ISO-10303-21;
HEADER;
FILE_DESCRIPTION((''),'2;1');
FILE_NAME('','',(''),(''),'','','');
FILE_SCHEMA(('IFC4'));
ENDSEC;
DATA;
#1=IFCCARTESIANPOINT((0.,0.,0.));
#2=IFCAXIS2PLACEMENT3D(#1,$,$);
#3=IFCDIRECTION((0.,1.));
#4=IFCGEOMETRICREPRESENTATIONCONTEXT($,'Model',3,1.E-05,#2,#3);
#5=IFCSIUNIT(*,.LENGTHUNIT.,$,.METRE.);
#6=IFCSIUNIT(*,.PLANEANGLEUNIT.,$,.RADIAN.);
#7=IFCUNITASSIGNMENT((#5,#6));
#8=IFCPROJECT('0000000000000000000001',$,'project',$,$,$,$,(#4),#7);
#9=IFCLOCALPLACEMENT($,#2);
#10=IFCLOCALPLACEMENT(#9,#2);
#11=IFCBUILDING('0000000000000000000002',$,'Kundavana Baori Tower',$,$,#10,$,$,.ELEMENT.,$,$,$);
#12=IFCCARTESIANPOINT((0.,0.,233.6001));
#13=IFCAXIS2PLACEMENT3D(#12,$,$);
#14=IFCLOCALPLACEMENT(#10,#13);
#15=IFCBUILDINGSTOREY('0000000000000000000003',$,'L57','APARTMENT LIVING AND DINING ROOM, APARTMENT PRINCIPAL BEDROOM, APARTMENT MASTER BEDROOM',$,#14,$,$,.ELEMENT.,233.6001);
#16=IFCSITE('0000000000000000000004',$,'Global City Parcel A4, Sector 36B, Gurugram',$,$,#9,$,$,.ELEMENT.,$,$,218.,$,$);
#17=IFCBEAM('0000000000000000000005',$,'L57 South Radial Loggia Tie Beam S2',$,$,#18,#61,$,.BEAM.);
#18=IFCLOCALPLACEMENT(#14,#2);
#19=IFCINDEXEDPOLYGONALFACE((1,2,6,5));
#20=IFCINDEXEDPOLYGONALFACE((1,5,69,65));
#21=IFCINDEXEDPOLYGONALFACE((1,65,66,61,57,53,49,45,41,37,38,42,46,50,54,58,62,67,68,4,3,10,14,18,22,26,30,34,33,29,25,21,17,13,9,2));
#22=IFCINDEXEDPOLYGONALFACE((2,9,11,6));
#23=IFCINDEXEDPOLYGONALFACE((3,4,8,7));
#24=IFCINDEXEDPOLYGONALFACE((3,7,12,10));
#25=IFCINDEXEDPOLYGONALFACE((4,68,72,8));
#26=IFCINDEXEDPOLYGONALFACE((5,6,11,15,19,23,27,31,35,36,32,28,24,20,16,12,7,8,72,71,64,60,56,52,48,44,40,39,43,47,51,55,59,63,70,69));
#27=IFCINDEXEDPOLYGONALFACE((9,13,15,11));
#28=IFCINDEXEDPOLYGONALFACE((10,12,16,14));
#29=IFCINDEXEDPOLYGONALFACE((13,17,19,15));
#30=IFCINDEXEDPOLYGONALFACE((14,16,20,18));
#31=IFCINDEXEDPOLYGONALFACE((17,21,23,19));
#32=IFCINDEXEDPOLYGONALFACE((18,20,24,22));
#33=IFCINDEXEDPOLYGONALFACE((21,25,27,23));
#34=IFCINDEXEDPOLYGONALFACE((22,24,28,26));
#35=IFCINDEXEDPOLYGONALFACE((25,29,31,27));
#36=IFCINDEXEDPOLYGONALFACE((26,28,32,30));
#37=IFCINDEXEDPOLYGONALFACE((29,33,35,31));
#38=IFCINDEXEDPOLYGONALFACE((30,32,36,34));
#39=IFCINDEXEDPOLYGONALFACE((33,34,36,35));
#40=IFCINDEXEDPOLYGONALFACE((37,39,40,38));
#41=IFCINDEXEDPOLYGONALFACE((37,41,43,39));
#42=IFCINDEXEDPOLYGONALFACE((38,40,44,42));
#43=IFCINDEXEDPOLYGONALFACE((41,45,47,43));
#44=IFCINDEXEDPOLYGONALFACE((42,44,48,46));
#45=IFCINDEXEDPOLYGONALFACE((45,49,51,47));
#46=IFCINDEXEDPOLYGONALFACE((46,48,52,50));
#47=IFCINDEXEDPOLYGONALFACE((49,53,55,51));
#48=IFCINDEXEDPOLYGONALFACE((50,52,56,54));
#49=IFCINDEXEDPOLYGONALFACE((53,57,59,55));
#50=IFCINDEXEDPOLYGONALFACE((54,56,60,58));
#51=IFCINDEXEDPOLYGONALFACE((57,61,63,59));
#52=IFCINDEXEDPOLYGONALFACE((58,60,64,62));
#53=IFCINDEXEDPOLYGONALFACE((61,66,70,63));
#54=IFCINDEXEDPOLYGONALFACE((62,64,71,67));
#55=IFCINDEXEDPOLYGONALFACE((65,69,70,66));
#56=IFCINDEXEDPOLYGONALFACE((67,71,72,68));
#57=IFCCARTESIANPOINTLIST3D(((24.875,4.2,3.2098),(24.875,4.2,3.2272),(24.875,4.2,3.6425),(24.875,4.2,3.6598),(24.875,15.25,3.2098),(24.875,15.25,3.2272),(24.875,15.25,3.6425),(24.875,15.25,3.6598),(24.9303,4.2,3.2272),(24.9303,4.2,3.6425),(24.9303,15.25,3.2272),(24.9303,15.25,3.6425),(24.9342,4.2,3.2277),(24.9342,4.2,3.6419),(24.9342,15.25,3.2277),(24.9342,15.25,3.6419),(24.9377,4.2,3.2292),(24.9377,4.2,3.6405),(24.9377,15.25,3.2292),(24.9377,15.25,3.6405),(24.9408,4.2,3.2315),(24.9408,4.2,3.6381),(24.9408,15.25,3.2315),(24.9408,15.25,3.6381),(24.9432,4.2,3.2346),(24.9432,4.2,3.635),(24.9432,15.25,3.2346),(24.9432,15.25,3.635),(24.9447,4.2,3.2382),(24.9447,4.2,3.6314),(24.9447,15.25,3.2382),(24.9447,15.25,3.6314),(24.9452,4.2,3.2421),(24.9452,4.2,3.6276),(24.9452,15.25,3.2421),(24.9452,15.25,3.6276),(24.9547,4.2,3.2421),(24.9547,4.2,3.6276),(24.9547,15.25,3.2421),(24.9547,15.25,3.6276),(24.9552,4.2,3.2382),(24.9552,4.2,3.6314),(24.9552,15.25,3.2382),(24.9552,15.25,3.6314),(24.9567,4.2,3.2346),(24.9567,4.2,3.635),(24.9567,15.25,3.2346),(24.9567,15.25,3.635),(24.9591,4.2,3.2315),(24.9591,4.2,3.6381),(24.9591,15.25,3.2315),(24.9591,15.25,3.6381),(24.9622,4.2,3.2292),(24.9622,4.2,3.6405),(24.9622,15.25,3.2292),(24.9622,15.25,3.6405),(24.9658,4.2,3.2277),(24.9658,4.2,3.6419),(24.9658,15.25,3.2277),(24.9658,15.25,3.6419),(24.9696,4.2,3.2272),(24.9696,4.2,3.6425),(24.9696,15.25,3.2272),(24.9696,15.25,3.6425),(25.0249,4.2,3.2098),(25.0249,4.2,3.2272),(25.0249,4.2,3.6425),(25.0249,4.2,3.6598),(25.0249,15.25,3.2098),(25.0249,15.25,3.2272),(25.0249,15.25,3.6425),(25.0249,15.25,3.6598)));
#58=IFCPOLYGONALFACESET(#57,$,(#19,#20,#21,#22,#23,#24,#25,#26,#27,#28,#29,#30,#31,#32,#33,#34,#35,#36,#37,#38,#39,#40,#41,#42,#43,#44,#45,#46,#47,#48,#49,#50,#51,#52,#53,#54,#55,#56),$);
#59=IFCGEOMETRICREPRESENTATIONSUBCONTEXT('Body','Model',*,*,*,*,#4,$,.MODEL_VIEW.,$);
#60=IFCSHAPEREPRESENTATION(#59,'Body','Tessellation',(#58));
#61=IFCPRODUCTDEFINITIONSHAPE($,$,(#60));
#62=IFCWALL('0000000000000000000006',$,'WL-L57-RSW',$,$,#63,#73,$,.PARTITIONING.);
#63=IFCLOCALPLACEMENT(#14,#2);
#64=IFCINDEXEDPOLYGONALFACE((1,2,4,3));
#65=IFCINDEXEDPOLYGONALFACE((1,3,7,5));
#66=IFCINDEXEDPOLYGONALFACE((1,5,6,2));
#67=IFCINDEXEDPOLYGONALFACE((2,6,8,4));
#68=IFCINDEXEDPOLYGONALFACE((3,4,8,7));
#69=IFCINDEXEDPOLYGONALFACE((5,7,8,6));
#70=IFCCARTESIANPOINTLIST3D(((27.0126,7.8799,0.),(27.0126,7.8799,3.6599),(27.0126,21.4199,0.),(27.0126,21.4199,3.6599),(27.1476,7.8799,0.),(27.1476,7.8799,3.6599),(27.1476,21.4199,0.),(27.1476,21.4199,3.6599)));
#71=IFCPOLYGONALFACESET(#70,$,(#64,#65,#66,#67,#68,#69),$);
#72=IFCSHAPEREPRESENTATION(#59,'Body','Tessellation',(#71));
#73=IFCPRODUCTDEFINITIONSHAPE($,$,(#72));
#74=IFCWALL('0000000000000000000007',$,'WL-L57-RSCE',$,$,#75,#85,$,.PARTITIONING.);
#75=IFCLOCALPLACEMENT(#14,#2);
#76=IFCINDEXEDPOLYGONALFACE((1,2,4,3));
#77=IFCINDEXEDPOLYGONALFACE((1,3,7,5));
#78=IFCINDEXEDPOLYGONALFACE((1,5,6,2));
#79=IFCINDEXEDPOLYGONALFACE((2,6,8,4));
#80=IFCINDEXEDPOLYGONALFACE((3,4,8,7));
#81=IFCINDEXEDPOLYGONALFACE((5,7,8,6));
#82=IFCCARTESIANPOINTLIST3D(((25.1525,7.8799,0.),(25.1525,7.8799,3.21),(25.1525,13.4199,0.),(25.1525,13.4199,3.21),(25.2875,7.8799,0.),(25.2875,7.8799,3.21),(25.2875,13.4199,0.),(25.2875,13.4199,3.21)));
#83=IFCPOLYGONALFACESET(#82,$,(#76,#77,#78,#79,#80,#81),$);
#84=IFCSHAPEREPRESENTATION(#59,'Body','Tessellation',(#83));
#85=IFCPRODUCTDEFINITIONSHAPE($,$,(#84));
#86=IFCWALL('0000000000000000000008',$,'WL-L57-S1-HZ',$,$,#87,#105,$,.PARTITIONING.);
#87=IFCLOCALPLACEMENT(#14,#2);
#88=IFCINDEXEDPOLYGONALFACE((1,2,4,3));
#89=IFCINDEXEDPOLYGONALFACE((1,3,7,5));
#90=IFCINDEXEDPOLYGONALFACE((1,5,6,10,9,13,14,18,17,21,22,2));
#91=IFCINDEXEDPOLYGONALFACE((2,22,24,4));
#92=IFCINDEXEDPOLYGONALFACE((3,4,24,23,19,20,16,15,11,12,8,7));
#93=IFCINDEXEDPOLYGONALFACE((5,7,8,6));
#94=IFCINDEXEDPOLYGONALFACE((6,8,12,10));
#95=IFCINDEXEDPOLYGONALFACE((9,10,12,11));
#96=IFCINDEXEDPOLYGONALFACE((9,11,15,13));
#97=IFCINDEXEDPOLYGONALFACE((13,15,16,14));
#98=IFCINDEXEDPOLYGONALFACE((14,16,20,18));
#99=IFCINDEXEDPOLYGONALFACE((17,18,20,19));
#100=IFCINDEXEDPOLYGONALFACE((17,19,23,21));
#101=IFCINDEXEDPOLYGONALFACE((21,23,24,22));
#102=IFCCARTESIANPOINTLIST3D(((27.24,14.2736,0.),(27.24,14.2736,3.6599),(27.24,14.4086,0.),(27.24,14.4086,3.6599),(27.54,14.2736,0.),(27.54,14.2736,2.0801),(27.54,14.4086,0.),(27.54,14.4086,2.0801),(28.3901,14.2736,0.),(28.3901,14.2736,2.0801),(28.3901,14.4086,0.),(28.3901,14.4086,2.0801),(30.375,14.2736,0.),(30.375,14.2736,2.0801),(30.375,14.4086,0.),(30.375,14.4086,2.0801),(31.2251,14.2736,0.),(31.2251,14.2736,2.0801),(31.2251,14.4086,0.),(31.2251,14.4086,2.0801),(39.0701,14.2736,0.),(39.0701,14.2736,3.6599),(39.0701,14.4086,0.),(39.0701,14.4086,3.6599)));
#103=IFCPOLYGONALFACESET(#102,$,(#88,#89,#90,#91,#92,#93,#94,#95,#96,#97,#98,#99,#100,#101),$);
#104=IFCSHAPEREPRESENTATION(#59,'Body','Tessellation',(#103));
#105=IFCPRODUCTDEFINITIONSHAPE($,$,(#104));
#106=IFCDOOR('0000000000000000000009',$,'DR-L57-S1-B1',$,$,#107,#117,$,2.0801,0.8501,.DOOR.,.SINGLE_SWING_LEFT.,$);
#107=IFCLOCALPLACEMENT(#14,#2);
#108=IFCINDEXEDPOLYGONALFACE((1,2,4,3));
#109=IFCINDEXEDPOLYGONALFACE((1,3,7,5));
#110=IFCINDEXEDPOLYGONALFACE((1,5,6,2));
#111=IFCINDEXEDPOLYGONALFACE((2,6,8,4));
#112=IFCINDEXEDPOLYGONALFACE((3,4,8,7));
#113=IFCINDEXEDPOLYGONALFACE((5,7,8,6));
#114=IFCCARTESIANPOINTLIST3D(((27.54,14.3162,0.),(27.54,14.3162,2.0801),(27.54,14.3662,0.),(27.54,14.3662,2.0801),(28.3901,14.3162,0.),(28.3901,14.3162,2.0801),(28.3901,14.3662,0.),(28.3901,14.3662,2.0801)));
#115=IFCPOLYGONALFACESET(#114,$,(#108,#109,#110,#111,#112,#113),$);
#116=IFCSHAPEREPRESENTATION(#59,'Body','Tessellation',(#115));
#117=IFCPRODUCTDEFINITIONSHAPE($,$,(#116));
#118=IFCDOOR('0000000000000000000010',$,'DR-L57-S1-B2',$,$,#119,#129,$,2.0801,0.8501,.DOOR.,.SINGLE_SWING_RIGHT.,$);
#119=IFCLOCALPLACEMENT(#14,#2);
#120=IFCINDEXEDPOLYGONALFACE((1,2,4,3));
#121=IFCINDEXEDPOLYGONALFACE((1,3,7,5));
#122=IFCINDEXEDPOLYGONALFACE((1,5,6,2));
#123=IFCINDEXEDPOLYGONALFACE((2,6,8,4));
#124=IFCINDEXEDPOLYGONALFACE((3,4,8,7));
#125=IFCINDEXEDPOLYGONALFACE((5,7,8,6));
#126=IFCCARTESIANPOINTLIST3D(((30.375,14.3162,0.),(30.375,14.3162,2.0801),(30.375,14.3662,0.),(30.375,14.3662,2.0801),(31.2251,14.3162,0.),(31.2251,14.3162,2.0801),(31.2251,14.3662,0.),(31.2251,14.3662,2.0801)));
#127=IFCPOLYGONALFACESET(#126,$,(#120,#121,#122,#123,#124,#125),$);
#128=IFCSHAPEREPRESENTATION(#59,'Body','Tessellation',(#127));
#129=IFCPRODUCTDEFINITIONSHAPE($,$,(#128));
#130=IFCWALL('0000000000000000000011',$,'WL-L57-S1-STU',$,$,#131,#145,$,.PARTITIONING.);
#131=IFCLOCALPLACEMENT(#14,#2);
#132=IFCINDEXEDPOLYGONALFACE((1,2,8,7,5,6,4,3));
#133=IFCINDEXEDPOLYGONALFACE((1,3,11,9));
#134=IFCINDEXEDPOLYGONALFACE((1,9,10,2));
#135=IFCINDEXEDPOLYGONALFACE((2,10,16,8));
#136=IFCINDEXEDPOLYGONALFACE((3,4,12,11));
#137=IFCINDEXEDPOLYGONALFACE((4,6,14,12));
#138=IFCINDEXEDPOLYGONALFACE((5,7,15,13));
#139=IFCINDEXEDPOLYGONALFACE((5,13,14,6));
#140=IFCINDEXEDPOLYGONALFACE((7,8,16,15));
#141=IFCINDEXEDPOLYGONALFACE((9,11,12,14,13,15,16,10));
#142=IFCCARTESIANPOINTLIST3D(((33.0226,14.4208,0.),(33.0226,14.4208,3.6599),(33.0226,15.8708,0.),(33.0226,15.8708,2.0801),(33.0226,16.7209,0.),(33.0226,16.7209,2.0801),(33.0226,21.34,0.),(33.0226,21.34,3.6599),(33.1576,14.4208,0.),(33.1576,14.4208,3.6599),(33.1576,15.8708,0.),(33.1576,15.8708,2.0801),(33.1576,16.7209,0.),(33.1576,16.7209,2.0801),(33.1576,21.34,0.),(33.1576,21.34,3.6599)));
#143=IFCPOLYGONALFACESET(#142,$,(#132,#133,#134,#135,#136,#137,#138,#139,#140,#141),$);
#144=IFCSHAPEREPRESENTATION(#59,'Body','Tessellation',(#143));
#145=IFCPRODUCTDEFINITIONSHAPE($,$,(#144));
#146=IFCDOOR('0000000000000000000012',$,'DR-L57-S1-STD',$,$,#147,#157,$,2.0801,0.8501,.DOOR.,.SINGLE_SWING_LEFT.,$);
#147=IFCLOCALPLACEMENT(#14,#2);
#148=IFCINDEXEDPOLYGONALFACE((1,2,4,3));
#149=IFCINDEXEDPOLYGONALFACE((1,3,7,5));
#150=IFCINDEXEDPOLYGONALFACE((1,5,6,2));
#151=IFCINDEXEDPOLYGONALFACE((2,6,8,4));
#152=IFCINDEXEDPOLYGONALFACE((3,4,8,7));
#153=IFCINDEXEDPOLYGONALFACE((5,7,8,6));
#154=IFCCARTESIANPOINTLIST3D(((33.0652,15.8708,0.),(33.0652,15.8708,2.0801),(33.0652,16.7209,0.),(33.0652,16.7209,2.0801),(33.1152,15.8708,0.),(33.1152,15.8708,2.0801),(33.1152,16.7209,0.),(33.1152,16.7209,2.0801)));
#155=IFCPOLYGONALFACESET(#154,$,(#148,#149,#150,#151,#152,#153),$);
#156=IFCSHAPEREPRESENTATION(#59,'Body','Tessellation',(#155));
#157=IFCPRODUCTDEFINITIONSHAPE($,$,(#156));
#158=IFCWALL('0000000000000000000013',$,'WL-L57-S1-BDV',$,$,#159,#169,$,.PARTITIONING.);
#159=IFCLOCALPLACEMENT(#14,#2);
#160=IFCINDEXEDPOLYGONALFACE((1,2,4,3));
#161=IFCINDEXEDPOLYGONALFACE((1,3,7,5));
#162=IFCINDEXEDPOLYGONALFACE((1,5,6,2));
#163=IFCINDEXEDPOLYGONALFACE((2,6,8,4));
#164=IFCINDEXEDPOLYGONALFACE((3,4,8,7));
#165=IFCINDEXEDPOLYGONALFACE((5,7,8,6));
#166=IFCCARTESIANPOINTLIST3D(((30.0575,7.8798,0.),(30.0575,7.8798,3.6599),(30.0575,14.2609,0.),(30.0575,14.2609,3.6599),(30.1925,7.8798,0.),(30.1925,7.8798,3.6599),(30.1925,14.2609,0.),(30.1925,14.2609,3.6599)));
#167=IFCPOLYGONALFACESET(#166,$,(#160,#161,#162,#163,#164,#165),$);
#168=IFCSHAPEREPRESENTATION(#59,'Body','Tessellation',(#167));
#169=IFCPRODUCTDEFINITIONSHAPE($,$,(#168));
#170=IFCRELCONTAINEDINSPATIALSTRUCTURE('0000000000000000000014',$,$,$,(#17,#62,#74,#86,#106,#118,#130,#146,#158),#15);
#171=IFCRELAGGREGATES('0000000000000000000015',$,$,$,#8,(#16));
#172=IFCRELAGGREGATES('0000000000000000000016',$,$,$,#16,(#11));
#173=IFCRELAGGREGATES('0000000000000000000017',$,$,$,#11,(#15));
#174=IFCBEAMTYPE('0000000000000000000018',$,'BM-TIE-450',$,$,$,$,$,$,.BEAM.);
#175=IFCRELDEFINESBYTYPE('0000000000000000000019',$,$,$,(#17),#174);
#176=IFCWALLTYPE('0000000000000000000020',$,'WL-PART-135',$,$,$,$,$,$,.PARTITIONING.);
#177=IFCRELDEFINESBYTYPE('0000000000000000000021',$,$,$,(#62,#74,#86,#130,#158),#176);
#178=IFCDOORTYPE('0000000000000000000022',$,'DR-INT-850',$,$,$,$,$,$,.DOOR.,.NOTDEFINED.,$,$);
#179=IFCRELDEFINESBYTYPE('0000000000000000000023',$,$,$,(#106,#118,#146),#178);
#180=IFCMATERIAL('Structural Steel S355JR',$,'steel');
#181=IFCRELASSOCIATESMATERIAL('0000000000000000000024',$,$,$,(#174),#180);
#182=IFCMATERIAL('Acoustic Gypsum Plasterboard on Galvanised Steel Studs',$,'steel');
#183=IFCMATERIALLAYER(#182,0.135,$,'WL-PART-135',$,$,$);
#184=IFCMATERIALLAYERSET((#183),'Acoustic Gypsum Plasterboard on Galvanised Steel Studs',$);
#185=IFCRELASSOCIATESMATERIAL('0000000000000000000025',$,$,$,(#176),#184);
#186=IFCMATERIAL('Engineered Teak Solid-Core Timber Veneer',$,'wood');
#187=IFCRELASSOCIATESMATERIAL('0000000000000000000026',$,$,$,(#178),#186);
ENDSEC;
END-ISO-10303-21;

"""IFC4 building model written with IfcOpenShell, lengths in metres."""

from ifc_helpers import new_model, si_unit, direction, frame, frame_2d, origin, origin_2d, place, context, subcontext, project, spatial, rectangle, i_section, extrude, material, layer, layer_set, material_profile, profile_set, type_object, element, fill, save


model = new_model("IFC4")

# Units and contexts
model_context = context("Model", 3, precision=1e-05, world=origin(), true_north=direction((0.0, 1.0)))
body_context = subcontext(model_context, "Body", "Model", "MODEL_VIEW")
ifc_project = project(units=[si_unit("LENGTHUNIT", "METRE"), si_unit("PLANEANGLEUNIT", "RADIAN")], contexts=[model_context])

# Site, building, storey
site_placement = place(None, origin())
site = spatial("IfcSite", under=ifc_project, at=site_placement, Name="Global City Parcel A4, Sector 36B, Gurugram", CompositionType="ELEMENT", RefElevation=218.0)
building_placement = place(site_placement, origin())
building = spatial("IfcBuilding", under=site, at=building_placement, Name="Kundavana Baori Tower", CompositionType="ELEMENT")
storey_placement = place(building_placement, frame((0.0, 0.0, 233.6001)))
storey = spatial("IfcBuildingStorey", under=building, at=storey_placement, Name="L57", Description="APARTMENT LIVING AND DINING ROOM, APARTMENT PRINCIPAL BEDROOM, APARTMENT MASTER BEDROOM", CompositionType="ELEMENT", Elevation=233.6001)

# Beam
ifc_material_1 = material(Name="Structural Steel S355JR", Category="steel")
ifc_material_profile_1 = material_profile(ifc_material_1, i_section(OverallWidth=0.1499, OverallDepth=0.45, WebThickness=0.0095, FlangeThickness=0.0173, FilletRadius=0.0149, at=origin_2d()), Name="ISMB 450")
ifc_profile_set_1 = profile_set([ifc_material_profile_1], Name="Structural Steel S355JR")
beam_type_1 = type_object("IfcBeamType", Name="BM-TIE-450", PredefinedType="BEAM", material=ifc_profile_set_1)
beam_1_placement = place(storey_placement, frame((24.95, 15.25, 3.4348), z_axis=(0.0, -1.0, 0.0), x_axis=(1.0, 0.0, 0.0)))
element("IfcBeam", 1, at=beam_1_placement, inside=storey, type_object=beam_type_1, Name="L57 South Radial Loggia Tie Beam S2", PredefinedType="BEAM", context=body_context, shape_type="SweptSolid", body=[
    extrude(i_section(OverallWidth=0.1499, OverallDepth=0.45, WebThickness=0.0095, FlangeThickness=0.0173, FilletRadius=0.0149, at=origin_2d()), origin(), (0.0, 0.0, 1.0), 11.05),
])

# Walls
ifc_material_2 = material(Name="Acoustic Gypsum Plasterboard on Galvanised Steel Studs", Category="steel")
ifc_layer = layer(ifc_material_2, 0.135, Name="WL-PART-135")
ifc_layer_set = layer_set([ifc_layer], Name="Acoustic Gypsum Plasterboard on Galvanised Steel Studs")
wall_type = type_object("IfcWallType", Name="WL-PART-135", PredefinedType="PARTITIONING", material=ifc_layer_set)
wall_1_placement = place(storey_placement, frame((27.0801, 7.8799, 0.0), z_axis=(0.0, 0.0, 1.0), x_axis=(0.0, 1.0, 0.0)))
element("IfcWall", 2, at=wall_1_placement, inside=storey, type_object=wall_type, Name="WL-L57-RSW", PredefinedType="PARTITIONING", context=body_context, shape_type="SweptSolid", body=[
    extrude(rectangle(XDim=13.54, YDim=0.135, at=frame_2d((6.77, 0.0))), origin(), (0.0, 0.0, 1.0), 3.6599),
])
wall_2_placement = place(storey_placement, frame((25.22, 7.8799, 0.0), z_axis=(0.0, 0.0, 1.0), x_axis=(0.0, 1.0, 0.0)))
element("IfcWall", 3, at=wall_2_placement, inside=storey, type_object=wall_type, Name="WL-L57-RSCE", PredefinedType="PARTITIONING", context=body_context, shape_type="SweptSolid", body=[
    extrude(rectangle(XDim=5.54, YDim=0.135, at=frame_2d((2.77, 0.0))), origin(), (0.0, 0.0, 1.0), 3.21),
])

# Wall, openings, doors
wall_3_placement = place(storey_placement, frame((27.24, 14.3411, 0.0), z_axis=(0.0, 0.0, 1.0), x_axis=(1.0, 0.0, 0.0)))
wall_3 = element("IfcWall", 4, at=wall_3_placement, inside=storey, type_object=wall_type, Name="WL-L57-S1-HZ", PredefinedType="PARTITIONING", context=body_context, shape_type="SweptSolid", body=[
    extrude(rectangle(XDim=11.8301, YDim=0.135, at=frame_2d((5.915, 0.0))), origin(), (0.0, 0.0, 1.0), 3.6599),
])
opening_1_placement = place(wall_3_placement, frame((0.3, 0.0, 0.0)))
opening_1 = element("IfcOpeningElement", 5, at=opening_1_placement, cuts=wall_3, PredefinedType="OPENING", context=body_context, shape_type="SweptSolid", body=[
    extrude(rectangle(XDim=0.8501, YDim=2.0801, at=frame_2d((0.425, 1.04))), frame((0.0, 0.0776, 0.0), z_axis=(0.0, -1.0, 0.0), x_axis=(1.0, 0.0, 0.0)), (0.0, 0.0, 1.0), 0.155),
])
opening_2_placement = place(wall_3_placement, frame((3.135, 0.0, 0.0)))
opening_2 = element("IfcOpeningElement", 6, at=opening_2_placement, cuts=wall_3, PredefinedType="OPENING", context=body_context, shape_type="SweptSolid", body=[
    extrude(rectangle(XDim=0.8501, YDim=2.0801, at=frame_2d((0.425, 1.04))), frame((0.0, 0.0776, 0.0), z_axis=(0.0, -1.0, 0.0), x_axis=(1.0, 0.0, 0.0)), (0.0, 0.0, 1.0), 0.155),
])
ifc_material_3 = material(Name="Engineered Teak Solid-Core Timber Veneer", Category="wood")
door_type = type_object("IfcDoorType", Name="DR-INT-850", OperationType="NOTDEFINED", PredefinedType="DOOR", material=ifc_material_3)
door_1_placement = place(opening_1_placement, frame((0.8501, 0.0, 0.0), z_axis=(0.0, 0.0, 1.0), x_axis=(-1.0, 0.0, 0.0)))
door_1 = element("IfcDoor", 7, at=door_1_placement, inside=storey, type_object=door_type, Name="DR-L57-S1-B1", OperationType="SINGLE_SWING_LEFT", OverallHeight=2.0801, OverallWidth=0.8501, PredefinedType="DOOR", context=body_context, shape_type="SweptSolid", body=[
    extrude(rectangle(XDim=0.8501, YDim=2.0801, at=frame_2d((0.425, 1.04))), frame((0.0, 0.0249, 0.0), z_axis=(0.0, -1.0, 0.0), x_axis=(1.0, 0.0, 0.0)), (0.0, 0.0, 1.0), 0.05),
])
fill(opening_1, door_1)
door_2_placement = place(opening_2_placement, frame((0.8501, 0.0, 0.0), z_axis=(0.0, 0.0, 1.0), x_axis=(-1.0, 0.0, 0.0)))
door_2 = element("IfcDoor", 8, at=door_2_placement, inside=storey, type_object=door_type, Name="DR-L57-S1-B2", OperationType="SINGLE_SWING_RIGHT", OverallHeight=2.0801, OverallWidth=0.8501, PredefinedType="DOOR", context=body_context, shape_type="SweptSolid", body=[
    extrude(rectangle(XDim=0.8501, YDim=2.0801, at=frame_2d((0.425, 1.04))), frame((0.0, 0.0249, 0.0), z_axis=(0.0, -1.0, 0.0), x_axis=(1.0, 0.0, 0.0)), (0.0, 0.0, 1.0), 0.05),
])
fill(opening_2, door_2)

# Wall, opening, door
wall_4_placement = place(storey_placement, frame((33.0901, 14.4209, 0.0), z_axis=(0.0, 0.0, 1.0), x_axis=(0.0, 1.0, 0.0)))
wall_4 = element("IfcWall", 9, at=wall_4_placement, inside=storey, type_object=wall_type, Name="WL-L57-S1-STU", PredefinedType="PARTITIONING", context=body_context, shape_type="SweptSolid", body=[
    extrude(rectangle(XDim=6.9192, YDim=0.135, at=frame_2d((3.4595, 0.0))), origin(), (0.0, 0.0, 1.0), 3.6599),
])
opening_3_placement = place(wall_4_placement, frame((1.45, 0.0, 0.0)))
opening_3 = element("IfcOpeningElement", 10, at=opening_3_placement, cuts=wall_4, PredefinedType="OPENING", context=body_context, shape_type="SweptSolid", body=[
    extrude(rectangle(XDim=0.8501, YDim=2.0801, at=frame_2d((0.425, 1.04))), frame((0.0, 0.0776, 0.0), z_axis=(0.0, -1.0, 0.0), x_axis=(1.0, 0.0, 0.0)), (0.0, 0.0, 1.0), 0.155),
])
door_3_placement = place(opening_3_placement, origin())
door_3 = element("IfcDoor", 11, at=door_3_placement, inside=storey, type_object=door_type, Name="DR-L57-S1-STD", OperationType="SINGLE_SWING_LEFT", OverallHeight=2.0801, OverallWidth=0.8501, PredefinedType="DOOR", context=body_context, shape_type="SweptSolid", body=[
    extrude(rectangle(XDim=0.8501, YDim=2.0801, at=frame_2d((0.425, 1.04))), frame((0.0, 0.0249, 0.0), z_axis=(0.0, -1.0, 0.0), x_axis=(1.0, 0.0, 0.0)), (0.0, 0.0, 1.0), 0.05),
])
fill(opening_3, door_3)

# Wall
wall_5_placement = place(storey_placement, frame((30.125, 7.8799, 0.0), z_axis=(0.0, 0.0, 1.0), x_axis=(0.0, 1.0, 0.0)))
element("IfcWall", 12, at=wall_5_placement, inside=storey, type_object=wall_type, Name="WL-L57-S1-BDV", PredefinedType="PARTITIONING", context=body_context, shape_type="SweptSolid", body=[
    extrude(rectangle(XDim=6.3811, YDim=0.135, at=frame_2d((3.1904, 0.0))), origin(), (0.0, 0.0, 1.0), 3.6599),
])

save(model, "model.ifc")
